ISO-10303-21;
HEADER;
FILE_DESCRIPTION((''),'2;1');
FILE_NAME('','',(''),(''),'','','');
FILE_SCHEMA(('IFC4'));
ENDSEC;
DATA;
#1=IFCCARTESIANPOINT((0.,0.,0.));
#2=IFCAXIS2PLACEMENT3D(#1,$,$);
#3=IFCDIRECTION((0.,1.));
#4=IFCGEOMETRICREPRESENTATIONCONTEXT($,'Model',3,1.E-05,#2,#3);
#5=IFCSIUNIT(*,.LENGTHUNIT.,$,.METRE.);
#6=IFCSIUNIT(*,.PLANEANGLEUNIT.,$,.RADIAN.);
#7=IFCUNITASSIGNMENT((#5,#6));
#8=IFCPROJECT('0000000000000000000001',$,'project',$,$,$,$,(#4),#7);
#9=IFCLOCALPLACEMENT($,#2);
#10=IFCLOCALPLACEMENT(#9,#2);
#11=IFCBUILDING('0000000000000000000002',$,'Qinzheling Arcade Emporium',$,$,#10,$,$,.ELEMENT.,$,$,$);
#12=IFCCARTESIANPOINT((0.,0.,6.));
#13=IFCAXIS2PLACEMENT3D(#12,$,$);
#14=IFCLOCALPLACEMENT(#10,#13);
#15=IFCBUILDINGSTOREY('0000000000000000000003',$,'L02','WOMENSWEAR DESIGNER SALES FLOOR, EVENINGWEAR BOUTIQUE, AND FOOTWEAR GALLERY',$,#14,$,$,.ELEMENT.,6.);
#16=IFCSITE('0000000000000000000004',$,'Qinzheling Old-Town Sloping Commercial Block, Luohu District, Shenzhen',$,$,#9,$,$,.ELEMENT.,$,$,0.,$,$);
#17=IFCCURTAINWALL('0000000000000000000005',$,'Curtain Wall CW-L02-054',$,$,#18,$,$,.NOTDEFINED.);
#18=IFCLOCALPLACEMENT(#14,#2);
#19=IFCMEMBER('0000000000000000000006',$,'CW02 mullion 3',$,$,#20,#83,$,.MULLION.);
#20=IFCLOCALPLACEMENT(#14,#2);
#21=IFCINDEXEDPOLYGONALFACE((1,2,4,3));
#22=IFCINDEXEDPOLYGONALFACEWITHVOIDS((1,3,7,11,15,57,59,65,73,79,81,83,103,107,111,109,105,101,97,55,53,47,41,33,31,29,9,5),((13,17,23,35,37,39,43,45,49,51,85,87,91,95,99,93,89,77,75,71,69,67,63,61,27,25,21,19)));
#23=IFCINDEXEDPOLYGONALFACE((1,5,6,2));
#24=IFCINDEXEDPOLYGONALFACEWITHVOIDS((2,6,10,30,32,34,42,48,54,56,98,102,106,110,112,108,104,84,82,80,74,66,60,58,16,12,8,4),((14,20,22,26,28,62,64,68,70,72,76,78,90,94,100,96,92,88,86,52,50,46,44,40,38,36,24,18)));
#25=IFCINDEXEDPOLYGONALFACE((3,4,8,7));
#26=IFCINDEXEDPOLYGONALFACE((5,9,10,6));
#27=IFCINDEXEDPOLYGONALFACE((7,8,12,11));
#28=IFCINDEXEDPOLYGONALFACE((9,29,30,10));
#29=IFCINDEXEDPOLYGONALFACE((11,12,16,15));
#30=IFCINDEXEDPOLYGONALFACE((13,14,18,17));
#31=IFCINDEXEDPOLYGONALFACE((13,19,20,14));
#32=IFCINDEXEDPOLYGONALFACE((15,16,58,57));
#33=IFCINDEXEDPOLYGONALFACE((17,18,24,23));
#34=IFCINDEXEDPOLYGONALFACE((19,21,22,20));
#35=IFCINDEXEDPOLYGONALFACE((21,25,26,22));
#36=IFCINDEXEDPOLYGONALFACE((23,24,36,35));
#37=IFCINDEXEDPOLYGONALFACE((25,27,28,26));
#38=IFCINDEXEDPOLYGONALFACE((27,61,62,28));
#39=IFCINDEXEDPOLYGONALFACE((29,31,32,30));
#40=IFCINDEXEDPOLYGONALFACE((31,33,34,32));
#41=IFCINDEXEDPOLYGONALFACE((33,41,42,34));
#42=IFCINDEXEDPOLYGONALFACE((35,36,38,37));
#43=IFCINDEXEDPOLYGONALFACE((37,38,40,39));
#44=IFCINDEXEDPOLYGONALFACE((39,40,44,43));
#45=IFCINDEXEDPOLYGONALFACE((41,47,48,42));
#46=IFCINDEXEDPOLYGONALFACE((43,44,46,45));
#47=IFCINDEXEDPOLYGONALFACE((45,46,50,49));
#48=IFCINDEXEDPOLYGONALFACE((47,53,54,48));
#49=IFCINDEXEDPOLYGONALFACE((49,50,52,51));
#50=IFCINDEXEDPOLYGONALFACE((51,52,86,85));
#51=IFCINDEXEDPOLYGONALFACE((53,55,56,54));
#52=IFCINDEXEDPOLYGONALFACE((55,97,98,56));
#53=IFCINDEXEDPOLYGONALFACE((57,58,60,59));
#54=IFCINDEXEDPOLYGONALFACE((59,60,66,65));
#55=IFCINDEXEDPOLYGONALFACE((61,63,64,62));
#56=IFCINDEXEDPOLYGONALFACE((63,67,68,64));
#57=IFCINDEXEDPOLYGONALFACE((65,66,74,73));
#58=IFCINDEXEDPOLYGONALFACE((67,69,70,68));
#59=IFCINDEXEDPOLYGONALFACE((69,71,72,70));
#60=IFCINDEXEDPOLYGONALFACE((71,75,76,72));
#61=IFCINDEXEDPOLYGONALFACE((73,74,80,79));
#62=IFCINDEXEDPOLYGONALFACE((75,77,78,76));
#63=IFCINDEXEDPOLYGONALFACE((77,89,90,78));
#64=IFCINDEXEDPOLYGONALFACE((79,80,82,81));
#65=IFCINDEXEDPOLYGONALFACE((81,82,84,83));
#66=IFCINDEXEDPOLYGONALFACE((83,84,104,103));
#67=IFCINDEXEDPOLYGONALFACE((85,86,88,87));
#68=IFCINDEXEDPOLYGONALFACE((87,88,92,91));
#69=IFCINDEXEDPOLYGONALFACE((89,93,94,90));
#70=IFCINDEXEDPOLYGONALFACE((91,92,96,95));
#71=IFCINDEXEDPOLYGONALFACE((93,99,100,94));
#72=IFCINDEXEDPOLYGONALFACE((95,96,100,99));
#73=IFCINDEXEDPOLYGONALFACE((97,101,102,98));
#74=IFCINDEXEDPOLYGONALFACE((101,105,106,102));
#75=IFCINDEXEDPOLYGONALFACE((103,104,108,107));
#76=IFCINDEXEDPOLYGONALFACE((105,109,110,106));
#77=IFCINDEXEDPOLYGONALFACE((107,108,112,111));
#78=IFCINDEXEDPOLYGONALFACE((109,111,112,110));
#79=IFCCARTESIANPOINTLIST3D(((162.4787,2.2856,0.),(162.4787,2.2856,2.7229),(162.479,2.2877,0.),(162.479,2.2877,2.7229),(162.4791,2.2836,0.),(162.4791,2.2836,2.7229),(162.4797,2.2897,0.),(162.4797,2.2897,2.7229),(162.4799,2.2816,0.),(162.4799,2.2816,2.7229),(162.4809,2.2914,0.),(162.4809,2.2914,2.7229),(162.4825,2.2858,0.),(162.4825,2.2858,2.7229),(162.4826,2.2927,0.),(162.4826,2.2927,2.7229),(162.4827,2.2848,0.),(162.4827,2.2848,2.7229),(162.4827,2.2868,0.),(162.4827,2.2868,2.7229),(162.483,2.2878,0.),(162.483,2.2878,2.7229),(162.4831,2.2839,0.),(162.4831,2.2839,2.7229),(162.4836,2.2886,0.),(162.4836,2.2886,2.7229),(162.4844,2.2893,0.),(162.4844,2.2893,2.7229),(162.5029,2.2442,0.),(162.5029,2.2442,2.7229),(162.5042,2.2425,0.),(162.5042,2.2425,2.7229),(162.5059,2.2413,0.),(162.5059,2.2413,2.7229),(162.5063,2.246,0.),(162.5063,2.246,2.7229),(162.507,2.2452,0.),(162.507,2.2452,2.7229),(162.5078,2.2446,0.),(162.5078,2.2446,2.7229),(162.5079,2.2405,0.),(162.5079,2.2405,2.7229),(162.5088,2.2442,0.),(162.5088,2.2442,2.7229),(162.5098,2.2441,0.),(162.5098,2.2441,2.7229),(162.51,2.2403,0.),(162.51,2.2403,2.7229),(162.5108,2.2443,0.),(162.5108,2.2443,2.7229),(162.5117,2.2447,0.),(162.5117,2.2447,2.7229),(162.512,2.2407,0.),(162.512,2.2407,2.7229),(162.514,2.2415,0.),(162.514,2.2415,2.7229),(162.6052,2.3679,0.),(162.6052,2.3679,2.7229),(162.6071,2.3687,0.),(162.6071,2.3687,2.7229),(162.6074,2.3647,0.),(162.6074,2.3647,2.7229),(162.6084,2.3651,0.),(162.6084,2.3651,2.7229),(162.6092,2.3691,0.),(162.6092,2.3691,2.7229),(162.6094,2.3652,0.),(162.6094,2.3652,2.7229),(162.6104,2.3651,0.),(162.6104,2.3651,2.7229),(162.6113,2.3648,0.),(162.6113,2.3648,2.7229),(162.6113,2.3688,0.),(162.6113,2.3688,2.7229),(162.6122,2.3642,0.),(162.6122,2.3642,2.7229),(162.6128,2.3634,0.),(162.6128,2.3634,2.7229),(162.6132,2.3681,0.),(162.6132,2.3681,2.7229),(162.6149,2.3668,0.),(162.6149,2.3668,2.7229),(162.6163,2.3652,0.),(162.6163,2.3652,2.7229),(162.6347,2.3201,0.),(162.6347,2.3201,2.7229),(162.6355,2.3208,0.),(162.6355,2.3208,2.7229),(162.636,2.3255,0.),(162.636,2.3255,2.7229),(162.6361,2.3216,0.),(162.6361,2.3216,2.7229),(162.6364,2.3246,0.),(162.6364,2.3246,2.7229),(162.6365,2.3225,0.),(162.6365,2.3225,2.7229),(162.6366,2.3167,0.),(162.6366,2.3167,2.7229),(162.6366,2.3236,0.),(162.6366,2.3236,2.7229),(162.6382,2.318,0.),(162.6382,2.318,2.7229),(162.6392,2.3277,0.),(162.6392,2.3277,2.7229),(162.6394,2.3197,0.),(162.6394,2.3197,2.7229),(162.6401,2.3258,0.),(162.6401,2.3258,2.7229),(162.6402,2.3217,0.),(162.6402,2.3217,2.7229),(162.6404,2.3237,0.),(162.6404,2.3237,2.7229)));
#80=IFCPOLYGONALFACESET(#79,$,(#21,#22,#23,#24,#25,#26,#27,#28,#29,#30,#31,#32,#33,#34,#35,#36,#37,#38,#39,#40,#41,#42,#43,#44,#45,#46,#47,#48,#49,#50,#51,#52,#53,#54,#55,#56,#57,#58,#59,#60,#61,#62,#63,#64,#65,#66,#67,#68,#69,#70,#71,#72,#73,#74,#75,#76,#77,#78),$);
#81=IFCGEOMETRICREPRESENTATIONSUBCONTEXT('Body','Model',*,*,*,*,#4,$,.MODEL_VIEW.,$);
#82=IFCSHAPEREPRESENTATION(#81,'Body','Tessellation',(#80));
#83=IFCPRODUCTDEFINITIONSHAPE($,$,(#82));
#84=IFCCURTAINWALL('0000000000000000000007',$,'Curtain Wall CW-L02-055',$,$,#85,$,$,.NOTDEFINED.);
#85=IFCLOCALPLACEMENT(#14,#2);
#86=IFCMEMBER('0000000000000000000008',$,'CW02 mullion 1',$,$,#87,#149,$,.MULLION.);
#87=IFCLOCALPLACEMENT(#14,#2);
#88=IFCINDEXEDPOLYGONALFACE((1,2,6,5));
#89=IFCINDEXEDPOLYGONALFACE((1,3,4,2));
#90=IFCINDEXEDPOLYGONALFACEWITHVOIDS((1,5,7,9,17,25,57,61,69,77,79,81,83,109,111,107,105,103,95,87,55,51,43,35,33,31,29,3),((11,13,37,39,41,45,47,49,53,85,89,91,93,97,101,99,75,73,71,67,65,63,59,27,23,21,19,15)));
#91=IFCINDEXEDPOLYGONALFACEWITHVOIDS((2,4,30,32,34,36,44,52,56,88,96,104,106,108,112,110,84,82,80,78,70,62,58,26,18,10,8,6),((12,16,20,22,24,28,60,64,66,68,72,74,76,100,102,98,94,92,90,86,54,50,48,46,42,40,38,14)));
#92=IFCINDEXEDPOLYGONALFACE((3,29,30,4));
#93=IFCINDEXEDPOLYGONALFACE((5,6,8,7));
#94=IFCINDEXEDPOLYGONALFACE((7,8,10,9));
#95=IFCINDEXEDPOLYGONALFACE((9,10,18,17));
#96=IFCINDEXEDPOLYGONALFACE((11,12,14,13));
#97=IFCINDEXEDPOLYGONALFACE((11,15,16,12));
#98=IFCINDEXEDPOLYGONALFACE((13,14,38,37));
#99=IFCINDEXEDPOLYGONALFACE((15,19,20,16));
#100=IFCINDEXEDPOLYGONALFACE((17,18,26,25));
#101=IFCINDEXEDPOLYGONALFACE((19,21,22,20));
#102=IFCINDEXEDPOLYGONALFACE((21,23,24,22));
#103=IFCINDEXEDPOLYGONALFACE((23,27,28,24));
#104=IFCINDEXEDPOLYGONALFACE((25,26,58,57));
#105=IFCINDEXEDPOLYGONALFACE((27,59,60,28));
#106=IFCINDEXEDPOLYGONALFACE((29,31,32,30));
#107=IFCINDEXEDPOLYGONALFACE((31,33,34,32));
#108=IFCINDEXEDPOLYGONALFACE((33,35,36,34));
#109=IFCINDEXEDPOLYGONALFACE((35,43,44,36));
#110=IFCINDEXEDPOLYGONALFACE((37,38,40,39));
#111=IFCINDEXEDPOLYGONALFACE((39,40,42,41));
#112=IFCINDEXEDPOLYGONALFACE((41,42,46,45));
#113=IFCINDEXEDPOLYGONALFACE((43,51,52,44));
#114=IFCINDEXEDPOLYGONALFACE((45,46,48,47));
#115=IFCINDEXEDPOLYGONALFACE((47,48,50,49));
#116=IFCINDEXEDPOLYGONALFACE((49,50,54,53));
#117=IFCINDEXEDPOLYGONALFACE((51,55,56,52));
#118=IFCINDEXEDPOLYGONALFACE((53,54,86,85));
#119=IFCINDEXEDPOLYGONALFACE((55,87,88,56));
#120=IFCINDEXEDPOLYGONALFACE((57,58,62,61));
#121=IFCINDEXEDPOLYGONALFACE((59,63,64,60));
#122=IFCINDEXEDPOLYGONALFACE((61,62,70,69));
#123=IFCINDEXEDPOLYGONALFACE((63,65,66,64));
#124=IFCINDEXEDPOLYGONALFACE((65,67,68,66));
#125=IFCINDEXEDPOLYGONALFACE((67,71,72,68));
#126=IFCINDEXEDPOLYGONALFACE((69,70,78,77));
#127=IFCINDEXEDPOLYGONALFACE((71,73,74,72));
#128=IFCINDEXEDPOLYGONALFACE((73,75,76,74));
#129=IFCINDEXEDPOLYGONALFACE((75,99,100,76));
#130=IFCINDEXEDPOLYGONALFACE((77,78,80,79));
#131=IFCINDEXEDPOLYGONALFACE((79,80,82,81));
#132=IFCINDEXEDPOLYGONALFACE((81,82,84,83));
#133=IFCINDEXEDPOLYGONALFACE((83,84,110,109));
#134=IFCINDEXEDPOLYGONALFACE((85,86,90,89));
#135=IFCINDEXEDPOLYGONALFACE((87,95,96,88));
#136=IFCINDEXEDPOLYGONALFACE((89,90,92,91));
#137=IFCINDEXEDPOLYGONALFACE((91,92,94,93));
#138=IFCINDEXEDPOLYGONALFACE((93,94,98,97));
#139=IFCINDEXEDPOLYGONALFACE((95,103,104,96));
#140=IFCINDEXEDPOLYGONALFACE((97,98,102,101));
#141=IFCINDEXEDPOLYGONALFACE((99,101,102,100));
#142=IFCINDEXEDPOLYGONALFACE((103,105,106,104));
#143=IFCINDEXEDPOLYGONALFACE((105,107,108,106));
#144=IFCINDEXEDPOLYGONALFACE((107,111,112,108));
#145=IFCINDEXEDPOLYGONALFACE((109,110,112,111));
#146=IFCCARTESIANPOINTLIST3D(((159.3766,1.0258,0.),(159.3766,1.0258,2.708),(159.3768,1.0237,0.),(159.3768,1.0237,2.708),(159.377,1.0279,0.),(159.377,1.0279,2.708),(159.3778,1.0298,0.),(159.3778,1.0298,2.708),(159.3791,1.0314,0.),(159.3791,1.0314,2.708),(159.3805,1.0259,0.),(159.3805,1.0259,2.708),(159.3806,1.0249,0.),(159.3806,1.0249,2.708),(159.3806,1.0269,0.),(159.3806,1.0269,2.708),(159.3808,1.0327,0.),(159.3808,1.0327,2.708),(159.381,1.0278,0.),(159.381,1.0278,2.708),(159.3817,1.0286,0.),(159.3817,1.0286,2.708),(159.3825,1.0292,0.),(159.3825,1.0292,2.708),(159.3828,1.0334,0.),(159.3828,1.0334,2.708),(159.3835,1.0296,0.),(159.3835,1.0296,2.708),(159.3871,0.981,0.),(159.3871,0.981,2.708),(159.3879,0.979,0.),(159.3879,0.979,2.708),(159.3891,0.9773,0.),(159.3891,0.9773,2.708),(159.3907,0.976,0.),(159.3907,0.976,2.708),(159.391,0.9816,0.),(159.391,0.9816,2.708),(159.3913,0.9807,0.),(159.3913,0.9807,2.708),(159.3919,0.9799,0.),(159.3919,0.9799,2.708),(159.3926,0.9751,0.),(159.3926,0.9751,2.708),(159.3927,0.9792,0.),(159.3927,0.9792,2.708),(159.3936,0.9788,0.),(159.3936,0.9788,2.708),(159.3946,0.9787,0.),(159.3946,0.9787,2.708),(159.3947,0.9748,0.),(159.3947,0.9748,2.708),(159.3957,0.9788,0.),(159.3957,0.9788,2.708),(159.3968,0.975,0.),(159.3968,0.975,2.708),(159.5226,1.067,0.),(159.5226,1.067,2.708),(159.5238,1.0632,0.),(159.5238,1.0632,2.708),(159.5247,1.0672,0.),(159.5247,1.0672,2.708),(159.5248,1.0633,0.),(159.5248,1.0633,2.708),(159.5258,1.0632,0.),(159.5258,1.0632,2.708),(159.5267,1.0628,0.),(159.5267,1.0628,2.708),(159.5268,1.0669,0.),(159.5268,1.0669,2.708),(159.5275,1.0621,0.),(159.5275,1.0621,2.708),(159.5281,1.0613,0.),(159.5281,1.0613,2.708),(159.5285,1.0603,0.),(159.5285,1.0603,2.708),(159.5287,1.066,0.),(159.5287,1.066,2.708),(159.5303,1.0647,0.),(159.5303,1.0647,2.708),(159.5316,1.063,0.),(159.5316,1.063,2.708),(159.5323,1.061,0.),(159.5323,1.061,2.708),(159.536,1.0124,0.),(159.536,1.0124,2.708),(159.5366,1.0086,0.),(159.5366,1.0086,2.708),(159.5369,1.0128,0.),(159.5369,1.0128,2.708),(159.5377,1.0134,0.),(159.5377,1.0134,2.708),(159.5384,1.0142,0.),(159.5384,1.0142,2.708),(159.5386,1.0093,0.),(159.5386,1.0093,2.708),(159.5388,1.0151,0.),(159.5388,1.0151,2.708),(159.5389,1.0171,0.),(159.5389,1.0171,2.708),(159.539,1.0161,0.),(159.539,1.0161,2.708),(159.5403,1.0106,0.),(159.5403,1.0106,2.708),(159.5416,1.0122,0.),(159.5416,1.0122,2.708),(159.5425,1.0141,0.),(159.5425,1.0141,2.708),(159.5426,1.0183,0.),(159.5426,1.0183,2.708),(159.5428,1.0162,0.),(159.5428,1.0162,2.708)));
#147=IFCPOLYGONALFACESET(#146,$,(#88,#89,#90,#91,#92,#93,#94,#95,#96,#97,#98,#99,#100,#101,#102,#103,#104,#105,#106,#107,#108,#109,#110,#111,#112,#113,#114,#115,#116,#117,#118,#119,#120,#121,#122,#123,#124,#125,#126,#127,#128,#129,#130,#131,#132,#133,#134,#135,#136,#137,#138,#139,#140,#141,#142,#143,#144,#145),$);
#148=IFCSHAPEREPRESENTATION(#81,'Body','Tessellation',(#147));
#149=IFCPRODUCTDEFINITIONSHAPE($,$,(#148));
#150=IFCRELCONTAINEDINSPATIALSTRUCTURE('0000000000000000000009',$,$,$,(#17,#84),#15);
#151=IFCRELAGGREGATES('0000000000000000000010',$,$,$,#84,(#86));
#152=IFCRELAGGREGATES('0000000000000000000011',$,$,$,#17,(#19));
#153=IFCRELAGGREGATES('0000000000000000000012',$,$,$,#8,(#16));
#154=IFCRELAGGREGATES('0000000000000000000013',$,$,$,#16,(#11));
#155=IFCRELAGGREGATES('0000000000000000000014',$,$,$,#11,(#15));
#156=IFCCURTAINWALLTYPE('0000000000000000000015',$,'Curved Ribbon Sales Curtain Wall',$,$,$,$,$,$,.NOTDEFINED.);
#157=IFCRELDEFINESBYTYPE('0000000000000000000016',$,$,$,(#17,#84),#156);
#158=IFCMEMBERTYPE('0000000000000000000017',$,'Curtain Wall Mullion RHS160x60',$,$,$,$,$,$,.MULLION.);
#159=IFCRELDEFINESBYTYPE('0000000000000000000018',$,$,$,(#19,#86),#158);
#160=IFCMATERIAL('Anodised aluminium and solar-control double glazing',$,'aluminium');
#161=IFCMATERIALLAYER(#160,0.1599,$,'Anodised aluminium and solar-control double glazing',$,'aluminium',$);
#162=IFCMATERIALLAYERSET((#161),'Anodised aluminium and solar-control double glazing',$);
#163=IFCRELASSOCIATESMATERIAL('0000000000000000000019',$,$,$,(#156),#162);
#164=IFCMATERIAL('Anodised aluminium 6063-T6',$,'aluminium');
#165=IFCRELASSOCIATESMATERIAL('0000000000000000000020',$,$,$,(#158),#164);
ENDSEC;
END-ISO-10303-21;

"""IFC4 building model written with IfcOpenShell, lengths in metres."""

from ifc_helpers import new_model, si_unit, direction, frame, origin, origin_2d, place, context, subcontext, project, spatial, hollow_rectangle, extrude, material, layer, layer_set, material_profile, profile_set, type_object, element, aggregate, save


model = new_model("IFC4")

# Units and contexts
model_context = context("Model", 3, precision=1e-05, world=origin(), true_north=direction((0.0, 1.0)))
body_context = subcontext(model_context, "Body", "Model", "MODEL_VIEW")
ifc_project = project(units=[si_unit("LENGTHUNIT", "METRE"), si_unit("PLANEANGLEUNIT", "RADIAN")], contexts=[model_context])

# Site, building, storey
site_placement = place(None, origin())
site = spatial("IfcSite", under=ifc_project, at=site_placement, Name="Qinzheling Old-Town Sloping Commercial Block, Luohu District, Shenzhen", CompositionType="ELEMENT", RefElevation=0.0)
building_placement = place(site_placement, origin())
building = spatial("IfcBuilding", under=site, at=building_placement, Name="Qinzheling Arcade Emporium", CompositionType="ELEMENT")
storey_placement = place(building_placement, frame((0.0, 0.0, 6.0)))
storey = spatial("IfcBuildingStorey", under=building, at=storey_placement, Name="L02", Description="WOMENSWEAR DESIGNER SALES FLOOR, EVENINGWEAR BOUTIQUE, AND FOOTWEAR GALLERY", CompositionType="ELEMENT", Elevation=6.0)

# Curtain wall, member
ifc_material_1 = material(Name="Anodised aluminium and solar-control double glazing", Category="aluminium")
ifc_layer_1 = layer(ifc_material_1, 0.1599, Name="Anodised aluminium and solar-control double glazing", Category="aluminium")
ifc_layer_set_1 = layer_set([ifc_layer_1], Name="Anodised aluminium and solar-control double glazing")
curtain_wall_type = type_object("IfcCurtainWallType", Name="Curved Ribbon Sales Curtain Wall", PredefinedType="NOTDEFINED", material=ifc_layer_set_1)
curtain_wall_1_placement = place(storey_placement, origin())
curtain_wall_1 = element("IfcCurtainWall", 1, at=curtain_wall_1_placement, inside=storey, type_object=curtain_wall_type, Name="Curtain Wall CW-L02-054", PredefinedType="NOTDEFINED")
ifc_material_2 = material(Name="Anodised aluminium 6063-T6", Category="aluminium")
ifc_material_profile_1 = material_profile(ifc_material_2, hollow_rectangle(XDim=0.0601, YDim=0.1599, WallThickness=0.0039, InnerFilletRadius=0.0039, OuterFilletRadius=0.0081, at=origin_2d()), Name="RHS 160x60x4", Category="aluminium")
ifc_profile_set_1 = profile_set([ifc_material_profile_1], Name="Anodised aluminium 6063-T6")
member_type_1 = type_object("IfcMemberType", Name="Curtain Wall Mullion RHS160x60", PredefinedType="MULLION", material=ifc_profile_set_1)
member_1_placement = place(storey_placement, frame((162.5596, 2.3047, 0.0), z_axis=(0.0, 0.0, 1.0), x_axis=(0.52264, -0.852553, 0.0)))
member_1 = element("IfcMember", 2, at=member_1_placement, type_object=member_type_1, Name="CW02 mullion 3", PredefinedType="MULLION", context=body_context, shape_type="SweptSolid", body=[
    extrude(hollow_rectangle(XDim=0.0601, YDim=0.1599, WallThickness=0.0039, InnerFilletRadius=0.0039, OuterFilletRadius=0.0081, at=origin_2d()), origin(), (0.0, 0.0, 1.0), 2.7229),
])

# Curtain wall, member
curtain_wall_2_placement = place(storey_placement, origin())
curtain_wall_2 = element("IfcCurtainWall", 3, at=curtain_wall_2_placement, inside=storey, type_object=curtain_wall_type, Name="Curtain Wall CW-L02-055", PredefinedType="NOTDEFINED")
member_2_placement = place(storey_placement, frame((159.4597, 1.021, 0.0), z_axis=(0.0, 0.0, 1.0), x_axis=(0.233384, -0.972385, 0.0)))
member_2 = element("IfcMember", 4, at=member_2_placement, type_object=member_type_1, Name="CW02 mullion 1", PredefinedType="MULLION", context=body_context, shape_type="SweptSolid", body=[
    extrude(hollow_rectangle(XDim=0.0601, YDim=0.1599, WallThickness=0.0039, InnerFilletRadius=0.0039, OuterFilletRadius=0.0081, at=origin_2d()), origin(), (0.0, 0.0, 1.0), 2.708),
])

aggregate(curtain_wall_2, [member_2])

aggregate(curtain_wall_1, [member_1])

save(model, "model.ifc")
